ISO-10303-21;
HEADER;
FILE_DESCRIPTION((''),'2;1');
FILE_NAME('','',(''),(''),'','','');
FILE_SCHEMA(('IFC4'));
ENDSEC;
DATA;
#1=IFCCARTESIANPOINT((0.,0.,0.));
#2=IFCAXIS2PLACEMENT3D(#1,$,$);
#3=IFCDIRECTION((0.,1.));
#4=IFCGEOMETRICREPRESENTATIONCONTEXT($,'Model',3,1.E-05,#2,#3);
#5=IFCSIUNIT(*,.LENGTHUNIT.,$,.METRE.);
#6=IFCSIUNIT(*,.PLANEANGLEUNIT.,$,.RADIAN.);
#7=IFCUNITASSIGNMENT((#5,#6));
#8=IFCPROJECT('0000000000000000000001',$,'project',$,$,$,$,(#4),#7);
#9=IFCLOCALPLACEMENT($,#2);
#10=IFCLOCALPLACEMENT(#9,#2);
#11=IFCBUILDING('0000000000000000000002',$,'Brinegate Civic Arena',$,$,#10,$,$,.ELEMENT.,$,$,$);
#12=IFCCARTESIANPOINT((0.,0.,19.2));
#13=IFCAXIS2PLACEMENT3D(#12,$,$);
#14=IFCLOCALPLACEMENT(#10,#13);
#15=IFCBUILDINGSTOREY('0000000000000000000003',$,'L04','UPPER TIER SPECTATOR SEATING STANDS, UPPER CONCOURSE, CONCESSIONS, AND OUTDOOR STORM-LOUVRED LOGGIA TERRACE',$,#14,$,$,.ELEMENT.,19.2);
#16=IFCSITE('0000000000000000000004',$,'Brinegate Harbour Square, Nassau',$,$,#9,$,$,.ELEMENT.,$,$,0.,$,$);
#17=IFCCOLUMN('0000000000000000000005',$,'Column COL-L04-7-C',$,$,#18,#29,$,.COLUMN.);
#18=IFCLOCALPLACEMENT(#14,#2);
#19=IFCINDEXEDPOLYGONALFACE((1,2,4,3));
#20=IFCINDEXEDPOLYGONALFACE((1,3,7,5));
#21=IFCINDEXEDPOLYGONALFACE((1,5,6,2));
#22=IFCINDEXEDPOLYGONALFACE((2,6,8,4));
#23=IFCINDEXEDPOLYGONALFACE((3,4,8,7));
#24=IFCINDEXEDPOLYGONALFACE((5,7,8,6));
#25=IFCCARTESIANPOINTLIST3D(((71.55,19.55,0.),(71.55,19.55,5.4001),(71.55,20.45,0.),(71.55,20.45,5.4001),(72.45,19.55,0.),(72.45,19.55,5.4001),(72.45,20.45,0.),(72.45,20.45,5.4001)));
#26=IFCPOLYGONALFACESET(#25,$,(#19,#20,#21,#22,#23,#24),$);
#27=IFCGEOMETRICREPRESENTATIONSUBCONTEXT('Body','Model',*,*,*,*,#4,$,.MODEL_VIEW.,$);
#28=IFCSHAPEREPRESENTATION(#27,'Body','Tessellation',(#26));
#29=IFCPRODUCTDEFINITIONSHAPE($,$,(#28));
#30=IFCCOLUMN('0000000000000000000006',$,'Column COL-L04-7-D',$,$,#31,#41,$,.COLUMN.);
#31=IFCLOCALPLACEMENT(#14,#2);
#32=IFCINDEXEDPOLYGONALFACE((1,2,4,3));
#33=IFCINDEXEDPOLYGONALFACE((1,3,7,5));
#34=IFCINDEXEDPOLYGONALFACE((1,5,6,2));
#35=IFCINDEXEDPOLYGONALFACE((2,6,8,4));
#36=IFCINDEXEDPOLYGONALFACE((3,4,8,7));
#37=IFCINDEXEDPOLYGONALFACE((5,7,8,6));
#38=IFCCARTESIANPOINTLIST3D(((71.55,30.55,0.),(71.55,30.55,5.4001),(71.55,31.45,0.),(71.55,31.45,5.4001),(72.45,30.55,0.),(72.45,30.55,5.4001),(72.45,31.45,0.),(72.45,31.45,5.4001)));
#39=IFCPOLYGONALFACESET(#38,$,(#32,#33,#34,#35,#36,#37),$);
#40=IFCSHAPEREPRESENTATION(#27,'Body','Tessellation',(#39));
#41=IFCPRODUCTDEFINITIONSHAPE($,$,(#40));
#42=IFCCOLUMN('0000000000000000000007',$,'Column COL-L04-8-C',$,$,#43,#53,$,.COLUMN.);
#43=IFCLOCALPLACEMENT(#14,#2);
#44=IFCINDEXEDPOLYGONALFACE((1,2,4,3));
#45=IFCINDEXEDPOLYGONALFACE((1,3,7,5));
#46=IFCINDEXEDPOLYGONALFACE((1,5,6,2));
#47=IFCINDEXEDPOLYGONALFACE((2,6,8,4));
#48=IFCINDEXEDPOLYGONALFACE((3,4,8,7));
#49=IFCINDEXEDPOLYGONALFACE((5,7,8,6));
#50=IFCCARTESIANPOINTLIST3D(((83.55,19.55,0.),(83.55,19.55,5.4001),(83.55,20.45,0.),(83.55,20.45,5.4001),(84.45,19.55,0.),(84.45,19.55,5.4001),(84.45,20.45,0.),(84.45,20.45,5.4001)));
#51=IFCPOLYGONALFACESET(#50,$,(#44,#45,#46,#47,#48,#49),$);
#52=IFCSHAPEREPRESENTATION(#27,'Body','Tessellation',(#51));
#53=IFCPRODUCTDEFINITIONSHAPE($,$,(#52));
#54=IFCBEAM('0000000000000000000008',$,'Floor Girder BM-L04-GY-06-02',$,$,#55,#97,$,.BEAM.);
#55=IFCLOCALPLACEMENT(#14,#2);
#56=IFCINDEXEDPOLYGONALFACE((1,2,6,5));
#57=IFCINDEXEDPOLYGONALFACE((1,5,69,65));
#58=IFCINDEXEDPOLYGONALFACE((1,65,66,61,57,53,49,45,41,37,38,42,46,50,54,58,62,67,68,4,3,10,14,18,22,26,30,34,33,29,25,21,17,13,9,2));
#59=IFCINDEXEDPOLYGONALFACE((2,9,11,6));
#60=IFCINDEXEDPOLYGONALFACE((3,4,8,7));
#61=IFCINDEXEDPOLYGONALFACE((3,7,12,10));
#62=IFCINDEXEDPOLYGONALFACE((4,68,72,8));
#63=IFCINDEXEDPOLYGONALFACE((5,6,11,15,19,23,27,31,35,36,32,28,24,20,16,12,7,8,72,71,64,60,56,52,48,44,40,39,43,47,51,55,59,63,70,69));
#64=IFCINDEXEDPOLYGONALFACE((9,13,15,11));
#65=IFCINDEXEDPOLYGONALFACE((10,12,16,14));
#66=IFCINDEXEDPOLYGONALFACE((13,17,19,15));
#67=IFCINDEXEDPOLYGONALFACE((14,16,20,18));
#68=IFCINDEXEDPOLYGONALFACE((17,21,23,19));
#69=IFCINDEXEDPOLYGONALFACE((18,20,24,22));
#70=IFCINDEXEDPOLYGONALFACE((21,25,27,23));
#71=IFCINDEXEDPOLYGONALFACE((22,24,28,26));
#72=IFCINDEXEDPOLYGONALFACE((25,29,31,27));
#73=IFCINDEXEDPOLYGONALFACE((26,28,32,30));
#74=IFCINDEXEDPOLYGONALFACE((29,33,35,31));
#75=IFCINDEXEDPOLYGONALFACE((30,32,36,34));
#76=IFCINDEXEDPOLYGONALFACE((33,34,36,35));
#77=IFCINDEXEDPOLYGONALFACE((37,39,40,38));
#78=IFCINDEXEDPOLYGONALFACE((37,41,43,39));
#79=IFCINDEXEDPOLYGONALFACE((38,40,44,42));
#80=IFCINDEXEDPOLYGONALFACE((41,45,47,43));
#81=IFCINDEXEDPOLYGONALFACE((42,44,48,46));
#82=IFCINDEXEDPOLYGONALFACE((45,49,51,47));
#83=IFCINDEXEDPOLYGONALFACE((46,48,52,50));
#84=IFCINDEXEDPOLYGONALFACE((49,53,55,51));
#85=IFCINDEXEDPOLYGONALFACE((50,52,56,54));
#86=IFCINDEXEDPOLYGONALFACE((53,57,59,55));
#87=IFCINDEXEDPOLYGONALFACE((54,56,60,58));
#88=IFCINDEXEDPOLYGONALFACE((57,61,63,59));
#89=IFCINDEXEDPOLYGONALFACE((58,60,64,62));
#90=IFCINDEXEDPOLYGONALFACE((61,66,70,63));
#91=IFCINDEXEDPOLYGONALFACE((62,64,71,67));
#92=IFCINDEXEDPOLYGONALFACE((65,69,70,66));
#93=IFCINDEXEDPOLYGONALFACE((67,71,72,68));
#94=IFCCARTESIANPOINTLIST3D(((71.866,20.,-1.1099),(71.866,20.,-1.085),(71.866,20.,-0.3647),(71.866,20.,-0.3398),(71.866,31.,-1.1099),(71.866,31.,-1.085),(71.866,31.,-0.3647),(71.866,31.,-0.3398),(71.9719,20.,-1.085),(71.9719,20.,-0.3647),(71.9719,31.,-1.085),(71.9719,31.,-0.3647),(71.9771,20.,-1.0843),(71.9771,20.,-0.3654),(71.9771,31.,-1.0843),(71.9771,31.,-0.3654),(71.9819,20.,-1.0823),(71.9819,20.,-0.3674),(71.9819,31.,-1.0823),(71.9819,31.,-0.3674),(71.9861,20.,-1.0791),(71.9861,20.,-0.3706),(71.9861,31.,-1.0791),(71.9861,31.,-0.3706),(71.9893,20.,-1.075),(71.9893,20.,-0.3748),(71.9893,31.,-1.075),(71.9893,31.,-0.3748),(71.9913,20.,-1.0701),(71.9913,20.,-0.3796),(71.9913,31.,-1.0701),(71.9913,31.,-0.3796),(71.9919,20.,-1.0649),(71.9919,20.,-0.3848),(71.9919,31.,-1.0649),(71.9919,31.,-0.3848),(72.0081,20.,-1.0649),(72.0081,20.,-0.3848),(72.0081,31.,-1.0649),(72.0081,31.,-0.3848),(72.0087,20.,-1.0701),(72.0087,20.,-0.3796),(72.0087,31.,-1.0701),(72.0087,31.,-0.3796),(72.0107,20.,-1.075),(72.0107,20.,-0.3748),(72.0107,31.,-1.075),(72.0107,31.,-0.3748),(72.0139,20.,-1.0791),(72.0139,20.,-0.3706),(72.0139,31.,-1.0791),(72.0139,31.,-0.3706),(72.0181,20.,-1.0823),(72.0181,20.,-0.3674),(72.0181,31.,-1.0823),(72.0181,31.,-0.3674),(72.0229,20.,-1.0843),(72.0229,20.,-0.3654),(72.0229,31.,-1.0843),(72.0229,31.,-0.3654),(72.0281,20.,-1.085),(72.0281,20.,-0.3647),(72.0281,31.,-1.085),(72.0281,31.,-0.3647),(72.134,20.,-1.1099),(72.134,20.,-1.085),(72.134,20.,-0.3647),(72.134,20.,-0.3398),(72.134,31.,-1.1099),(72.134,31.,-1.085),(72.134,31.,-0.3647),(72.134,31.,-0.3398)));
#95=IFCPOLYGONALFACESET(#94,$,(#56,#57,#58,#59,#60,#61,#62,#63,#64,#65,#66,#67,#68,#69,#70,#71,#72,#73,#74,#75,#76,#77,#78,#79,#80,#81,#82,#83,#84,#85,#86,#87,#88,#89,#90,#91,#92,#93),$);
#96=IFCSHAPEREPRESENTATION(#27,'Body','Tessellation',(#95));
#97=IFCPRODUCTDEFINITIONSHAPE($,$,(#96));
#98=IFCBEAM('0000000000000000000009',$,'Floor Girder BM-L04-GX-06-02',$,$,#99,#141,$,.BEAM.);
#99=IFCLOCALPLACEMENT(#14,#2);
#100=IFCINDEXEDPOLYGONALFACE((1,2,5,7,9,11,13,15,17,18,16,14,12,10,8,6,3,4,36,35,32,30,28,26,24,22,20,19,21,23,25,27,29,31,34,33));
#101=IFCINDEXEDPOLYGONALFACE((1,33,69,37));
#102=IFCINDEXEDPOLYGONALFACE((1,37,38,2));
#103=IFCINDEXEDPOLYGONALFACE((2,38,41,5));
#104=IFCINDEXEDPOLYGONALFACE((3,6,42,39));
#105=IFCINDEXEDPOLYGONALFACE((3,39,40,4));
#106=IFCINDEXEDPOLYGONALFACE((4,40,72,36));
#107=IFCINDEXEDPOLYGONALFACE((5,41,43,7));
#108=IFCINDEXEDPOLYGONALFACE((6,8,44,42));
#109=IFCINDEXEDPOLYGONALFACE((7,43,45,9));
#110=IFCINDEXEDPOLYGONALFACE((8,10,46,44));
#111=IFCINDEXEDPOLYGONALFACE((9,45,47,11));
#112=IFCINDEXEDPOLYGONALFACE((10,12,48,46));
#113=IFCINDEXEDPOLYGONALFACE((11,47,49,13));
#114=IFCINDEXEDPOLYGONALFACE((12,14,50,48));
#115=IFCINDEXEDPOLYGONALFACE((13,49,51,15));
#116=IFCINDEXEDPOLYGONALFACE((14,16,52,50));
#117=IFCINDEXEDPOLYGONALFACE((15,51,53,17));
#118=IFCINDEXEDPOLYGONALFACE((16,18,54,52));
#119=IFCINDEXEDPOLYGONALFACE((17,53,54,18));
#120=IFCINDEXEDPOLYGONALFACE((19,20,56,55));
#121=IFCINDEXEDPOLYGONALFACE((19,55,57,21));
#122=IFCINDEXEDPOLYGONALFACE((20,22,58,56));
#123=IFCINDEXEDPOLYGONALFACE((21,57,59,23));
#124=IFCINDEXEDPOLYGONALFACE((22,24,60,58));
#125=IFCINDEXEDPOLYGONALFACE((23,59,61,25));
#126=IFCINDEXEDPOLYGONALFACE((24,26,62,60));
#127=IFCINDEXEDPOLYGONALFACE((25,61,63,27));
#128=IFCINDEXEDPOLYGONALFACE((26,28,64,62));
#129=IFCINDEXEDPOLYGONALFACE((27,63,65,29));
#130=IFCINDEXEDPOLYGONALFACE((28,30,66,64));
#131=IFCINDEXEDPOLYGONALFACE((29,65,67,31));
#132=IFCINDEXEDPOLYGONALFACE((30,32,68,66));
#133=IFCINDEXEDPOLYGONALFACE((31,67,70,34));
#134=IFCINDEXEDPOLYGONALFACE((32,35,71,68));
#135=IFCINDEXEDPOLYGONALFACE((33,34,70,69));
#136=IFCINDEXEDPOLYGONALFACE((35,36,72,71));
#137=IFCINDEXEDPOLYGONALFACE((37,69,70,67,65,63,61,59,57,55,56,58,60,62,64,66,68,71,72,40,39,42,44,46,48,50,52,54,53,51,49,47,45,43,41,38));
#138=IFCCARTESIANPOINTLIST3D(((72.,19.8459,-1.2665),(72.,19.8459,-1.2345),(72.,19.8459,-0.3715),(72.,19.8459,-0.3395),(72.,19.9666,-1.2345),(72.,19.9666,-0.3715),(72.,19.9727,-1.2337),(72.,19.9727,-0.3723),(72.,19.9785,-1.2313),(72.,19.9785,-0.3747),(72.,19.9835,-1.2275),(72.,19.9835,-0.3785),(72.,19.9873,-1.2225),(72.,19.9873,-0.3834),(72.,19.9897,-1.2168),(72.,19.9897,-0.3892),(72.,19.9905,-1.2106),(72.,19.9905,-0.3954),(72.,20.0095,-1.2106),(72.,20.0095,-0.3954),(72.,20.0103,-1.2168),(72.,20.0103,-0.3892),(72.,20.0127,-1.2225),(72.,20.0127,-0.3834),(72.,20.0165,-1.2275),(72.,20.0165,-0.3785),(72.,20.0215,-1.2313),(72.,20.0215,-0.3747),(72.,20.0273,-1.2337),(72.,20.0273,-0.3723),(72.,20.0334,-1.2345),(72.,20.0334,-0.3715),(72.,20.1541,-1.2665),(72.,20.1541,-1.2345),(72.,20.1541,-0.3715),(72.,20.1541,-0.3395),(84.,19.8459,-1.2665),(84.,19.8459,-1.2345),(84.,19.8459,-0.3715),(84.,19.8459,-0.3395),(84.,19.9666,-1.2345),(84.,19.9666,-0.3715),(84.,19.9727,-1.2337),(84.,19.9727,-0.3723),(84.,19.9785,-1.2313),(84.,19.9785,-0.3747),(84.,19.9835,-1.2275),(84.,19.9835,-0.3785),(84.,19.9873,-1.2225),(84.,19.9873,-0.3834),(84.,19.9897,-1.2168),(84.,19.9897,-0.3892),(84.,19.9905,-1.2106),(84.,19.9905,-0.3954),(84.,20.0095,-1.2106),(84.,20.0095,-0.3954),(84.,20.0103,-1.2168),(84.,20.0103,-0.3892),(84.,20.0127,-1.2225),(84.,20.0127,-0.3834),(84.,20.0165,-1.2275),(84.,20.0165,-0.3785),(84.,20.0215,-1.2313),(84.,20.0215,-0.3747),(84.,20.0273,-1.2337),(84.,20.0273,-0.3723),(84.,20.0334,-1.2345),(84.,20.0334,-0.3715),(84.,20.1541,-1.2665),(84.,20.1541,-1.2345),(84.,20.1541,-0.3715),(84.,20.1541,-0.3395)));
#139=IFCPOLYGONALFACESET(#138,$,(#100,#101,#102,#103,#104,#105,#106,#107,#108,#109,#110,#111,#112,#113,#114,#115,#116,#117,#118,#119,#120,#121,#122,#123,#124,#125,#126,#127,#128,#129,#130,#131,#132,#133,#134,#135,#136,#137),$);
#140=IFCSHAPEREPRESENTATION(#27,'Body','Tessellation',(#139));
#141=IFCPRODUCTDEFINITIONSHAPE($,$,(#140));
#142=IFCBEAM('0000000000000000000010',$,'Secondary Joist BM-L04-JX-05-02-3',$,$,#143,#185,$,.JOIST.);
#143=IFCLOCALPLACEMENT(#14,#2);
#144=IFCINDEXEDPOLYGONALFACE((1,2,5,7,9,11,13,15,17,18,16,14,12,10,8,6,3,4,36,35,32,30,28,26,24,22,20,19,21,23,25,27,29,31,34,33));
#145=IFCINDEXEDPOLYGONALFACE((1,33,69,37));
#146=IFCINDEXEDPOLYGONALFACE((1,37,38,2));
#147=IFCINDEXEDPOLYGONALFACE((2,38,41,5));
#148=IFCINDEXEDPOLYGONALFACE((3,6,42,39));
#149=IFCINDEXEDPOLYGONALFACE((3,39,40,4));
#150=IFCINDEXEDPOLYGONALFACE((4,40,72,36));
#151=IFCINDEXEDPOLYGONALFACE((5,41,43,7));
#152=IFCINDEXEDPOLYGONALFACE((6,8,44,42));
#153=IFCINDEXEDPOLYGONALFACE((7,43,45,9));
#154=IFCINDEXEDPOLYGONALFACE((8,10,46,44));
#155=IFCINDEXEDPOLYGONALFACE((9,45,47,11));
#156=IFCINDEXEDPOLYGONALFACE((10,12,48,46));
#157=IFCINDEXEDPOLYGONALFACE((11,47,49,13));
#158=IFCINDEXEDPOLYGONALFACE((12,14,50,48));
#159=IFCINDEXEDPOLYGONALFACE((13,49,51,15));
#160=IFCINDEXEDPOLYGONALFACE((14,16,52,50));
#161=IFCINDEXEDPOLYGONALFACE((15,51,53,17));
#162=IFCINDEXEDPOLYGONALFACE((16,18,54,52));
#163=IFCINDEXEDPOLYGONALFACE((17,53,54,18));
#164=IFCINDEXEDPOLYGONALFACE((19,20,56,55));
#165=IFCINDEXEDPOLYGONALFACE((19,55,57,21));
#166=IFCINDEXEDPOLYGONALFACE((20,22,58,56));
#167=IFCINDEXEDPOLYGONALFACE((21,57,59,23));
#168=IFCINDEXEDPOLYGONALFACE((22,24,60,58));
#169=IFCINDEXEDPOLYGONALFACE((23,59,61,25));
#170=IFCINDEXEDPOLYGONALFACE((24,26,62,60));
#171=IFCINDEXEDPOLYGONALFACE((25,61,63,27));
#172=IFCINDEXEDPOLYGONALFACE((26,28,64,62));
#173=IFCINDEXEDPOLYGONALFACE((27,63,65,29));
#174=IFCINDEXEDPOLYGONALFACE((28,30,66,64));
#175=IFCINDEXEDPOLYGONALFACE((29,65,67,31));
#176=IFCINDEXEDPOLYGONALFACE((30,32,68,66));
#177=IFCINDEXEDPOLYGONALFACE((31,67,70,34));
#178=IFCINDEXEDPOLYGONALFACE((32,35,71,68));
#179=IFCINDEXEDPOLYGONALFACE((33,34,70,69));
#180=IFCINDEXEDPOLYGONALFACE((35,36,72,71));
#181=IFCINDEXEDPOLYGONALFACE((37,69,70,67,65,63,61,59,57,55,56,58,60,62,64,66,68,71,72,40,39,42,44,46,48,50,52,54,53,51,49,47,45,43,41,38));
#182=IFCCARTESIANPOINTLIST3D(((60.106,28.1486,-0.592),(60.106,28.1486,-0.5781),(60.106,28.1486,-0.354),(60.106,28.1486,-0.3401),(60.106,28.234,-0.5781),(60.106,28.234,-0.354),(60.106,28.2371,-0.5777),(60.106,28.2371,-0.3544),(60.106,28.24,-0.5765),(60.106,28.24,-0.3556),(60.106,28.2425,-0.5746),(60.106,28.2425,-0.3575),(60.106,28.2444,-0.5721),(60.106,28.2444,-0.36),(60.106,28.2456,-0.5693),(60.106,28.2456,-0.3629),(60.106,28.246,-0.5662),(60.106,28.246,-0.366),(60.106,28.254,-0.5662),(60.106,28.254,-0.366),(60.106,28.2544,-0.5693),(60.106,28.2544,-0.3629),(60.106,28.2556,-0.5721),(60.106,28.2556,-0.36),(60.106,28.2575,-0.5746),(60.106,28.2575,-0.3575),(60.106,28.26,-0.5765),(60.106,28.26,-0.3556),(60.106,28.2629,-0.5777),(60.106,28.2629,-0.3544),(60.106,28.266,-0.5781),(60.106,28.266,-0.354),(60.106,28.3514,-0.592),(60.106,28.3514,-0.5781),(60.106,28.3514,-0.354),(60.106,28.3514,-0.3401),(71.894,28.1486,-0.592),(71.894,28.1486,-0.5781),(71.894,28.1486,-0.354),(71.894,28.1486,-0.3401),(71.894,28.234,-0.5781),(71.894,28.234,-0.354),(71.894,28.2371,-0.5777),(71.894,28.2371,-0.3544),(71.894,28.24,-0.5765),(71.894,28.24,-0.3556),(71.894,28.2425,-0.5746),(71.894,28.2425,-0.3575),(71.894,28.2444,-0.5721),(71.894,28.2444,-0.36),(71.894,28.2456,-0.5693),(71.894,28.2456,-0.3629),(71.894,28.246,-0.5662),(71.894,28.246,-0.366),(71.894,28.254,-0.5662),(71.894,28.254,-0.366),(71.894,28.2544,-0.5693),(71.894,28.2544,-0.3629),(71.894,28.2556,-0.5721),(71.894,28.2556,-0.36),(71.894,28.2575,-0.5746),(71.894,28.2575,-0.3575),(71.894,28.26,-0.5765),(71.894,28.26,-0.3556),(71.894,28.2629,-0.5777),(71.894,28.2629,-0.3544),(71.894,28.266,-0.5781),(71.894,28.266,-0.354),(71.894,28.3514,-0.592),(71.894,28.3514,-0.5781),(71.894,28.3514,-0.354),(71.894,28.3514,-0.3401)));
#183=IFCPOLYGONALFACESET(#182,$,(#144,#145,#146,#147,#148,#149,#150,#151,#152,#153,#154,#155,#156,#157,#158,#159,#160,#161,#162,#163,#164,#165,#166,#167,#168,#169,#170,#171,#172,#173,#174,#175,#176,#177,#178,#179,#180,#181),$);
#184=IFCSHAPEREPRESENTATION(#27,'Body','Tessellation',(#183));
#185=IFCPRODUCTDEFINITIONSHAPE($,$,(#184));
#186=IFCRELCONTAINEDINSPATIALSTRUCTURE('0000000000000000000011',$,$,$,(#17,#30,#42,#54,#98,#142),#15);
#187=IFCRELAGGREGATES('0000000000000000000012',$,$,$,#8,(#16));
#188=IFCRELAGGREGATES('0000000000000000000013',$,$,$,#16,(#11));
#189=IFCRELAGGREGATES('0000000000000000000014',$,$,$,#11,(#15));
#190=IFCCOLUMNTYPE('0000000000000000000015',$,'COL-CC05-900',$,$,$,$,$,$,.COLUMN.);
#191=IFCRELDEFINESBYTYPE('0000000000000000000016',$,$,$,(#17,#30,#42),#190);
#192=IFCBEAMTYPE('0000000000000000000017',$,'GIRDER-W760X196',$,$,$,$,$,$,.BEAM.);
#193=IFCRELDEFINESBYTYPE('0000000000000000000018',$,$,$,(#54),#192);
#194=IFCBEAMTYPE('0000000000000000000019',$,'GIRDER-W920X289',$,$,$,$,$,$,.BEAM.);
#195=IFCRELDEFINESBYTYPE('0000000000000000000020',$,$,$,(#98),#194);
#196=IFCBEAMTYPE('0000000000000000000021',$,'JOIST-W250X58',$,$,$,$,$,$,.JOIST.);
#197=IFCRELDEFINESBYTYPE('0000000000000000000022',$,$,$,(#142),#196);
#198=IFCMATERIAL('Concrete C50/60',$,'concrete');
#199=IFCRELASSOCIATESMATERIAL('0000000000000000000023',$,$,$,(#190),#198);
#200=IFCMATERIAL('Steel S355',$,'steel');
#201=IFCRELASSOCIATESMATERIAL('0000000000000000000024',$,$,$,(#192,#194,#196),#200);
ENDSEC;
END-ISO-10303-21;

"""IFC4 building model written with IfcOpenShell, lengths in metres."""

from ifc_helpers import new_model, si_unit, direction, frame, origin, origin_2d, place, context, subcontext, project, spatial, rectangle, i_section, extrude, material, material_profile, profile_set, type_object, element, save


model = new_model("IFC4")

# Units and contexts
model_context = context("Model", 3, precision=1e-05, world=origin(), true_north=direction((0.0, 1.0)))
body_context = subcontext(model_context, "Body", "Model", "MODEL_VIEW")
ifc_project = project(units=[si_unit("LENGTHUNIT", "METRE"), si_unit("PLANEANGLEUNIT", "RADIAN")], contexts=[model_context])

# Site, building, storey
site_placement = place(None, origin())
site = spatial("IfcSite", under=ifc_project, at=site_placement, Name="Brinegate Harbour Square, Nassau", CompositionType="ELEMENT", RefElevation=0.0)
building_placement = place(site_placement, origin())
building = spatial("IfcBuilding", under=site, at=building_placement, Name="Brinegate Civic Arena", CompositionType="ELEMENT")
storey_placement = place(building_placement, frame((0.0, 0.0, 19.2)))
storey = spatial("IfcBuildingStorey", under=building, at=storey_placement, Name="L04", Description="UPPER TIER SPECTATOR SEATING STANDS, UPPER CONCOURSE, CONCESSIONS, AND OUTDOOR STORM-LOUVRED LOGGIA TERRACE", CompositionType="ELEMENT", Elevation=19.2)

# Columns
ifc_material_1 = material(Name="Concrete C50/60", Category="concrete")
ifc_material_profile_1 = material_profile(ifc_material_1, rectangle(XDim=0.8999, YDim=0.8999, at=origin_2d()), Name="RC900X900")
ifc_profile_set_1 = profile_set([ifc_material_profile_1], Name="Concrete C50/60")
column_type = type_object("IfcColumnType", Name="COL-CC05-900", PredefinedType="COLUMN", material=ifc_profile_set_1)
for number, where, z_axis, x_axis, name in (
    (1, (72.0, 20.0, 0.0), (0.0, 0.0, 1.0), (1.0, 0.0, 0.0), "Column COL-L04-7-C"),
    (2, (72.0, 31.0, 0.0), (0.0, 0.0, 1.0), (1.0, 0.0, 0.0), "Column COL-L04-7-D"),
    (3, (84.0, 20.0, 0.0), (0.0, 0.0, 1.0), (1.0, 0.0, 0.0), "Column COL-L04-8-C"),
):
    element("IfcColumn", number, at=place(storey_placement, frame(where, z_axis=z_axis, x_axis=x_axis)), inside=storey, type_object=column_type, Name=name, PredefinedType="COLUMN", context=body_context, shape_type="SweptSolid", body=[
        extrude(rectangle(XDim=0.8999, YDim=0.8999, at=origin_2d()), origin(), (0.0, 0.0, 1.0), 5.4001),
    ])

# Beams
ifc_material_2 = material(Name="Steel S355", Category="steel")
ifc_material_profile_2 = material_profile(ifc_material_2, i_section(OverallWidth=0.2681, OverallDepth=0.77, WebThickness=0.0161, FlangeThickness=0.0249, FilletRadius=0.02, at=origin_2d()), Name="W760X196")
ifc_profile_set_2 = profile_set([ifc_material_profile_2], Name="Steel S355")
beam_type_1 = type_object("IfcBeamType", Name="GIRDER-W760X196", PredefinedType="BEAM", material=ifc_profile_set_2)
beam_1_placement = place(storey_placement, frame((72.0, 20.0, -0.7249), z_axis=(0.0, 1.0, 0.0), x_axis=(-1.0, 0.0, 0.0)))
element("IfcBeam", 4, at=beam_1_placement, inside=storey, type_object=beam_type_1, Name="Floor Girder BM-L04-GY-06-02", PredefinedType="BEAM", context=body_context, shape_type="SweptSolid", body=[
    extrude(i_section(OverallWidth=0.2681, OverallDepth=0.77, WebThickness=0.0161, FlangeThickness=0.0249, FilletRadius=0.02, at=origin_2d()), origin(), (0.0, 0.0, 1.0), 11.0),
])
ifc_material_profile_3 = material_profile(ifc_material_2, i_section(OverallWidth=0.3081, OverallDepth=0.927, WebThickness=0.019, FlangeThickness=0.032, FilletRadius=0.0239, at=origin_2d()), Name="W920X289")
ifc_profile_set_3 = profile_set([ifc_material_profile_3], Name="Steel S355")
beam_type_2 = type_object("IfcBeamType", Name="GIRDER-W920X289", PredefinedType="BEAM", material=ifc_profile_set_3)
beam_2_placement = place(storey_placement, frame((72.0, 20.0, -0.803), z_axis=(1.0, 0.0, 0.0), x_axis=(0.0, 1.0, 0.0)))
element("IfcBeam", 5, at=beam_2_placement, inside=storey, type_object=beam_type_2, Name="Floor Girder BM-L04-GX-06-02", PredefinedType="BEAM", context=body_context, shape_type="SweptSolid", body=[
    extrude(i_section(OverallWidth=0.3081, OverallDepth=0.927, WebThickness=0.019, FlangeThickness=0.032, FilletRadius=0.0239, at=origin_2d()), origin(), (0.0, 0.0, 1.0), 12.0),
])
ifc_material_profile_4 = material_profile(ifc_material_2, i_section(OverallWidth=0.2029, OverallDepth=0.252, WebThickness=0.0081, FlangeThickness=0.0139, FilletRadius=0.012, at=origin_2d()), Name="W250X58")
ifc_profile_set_4 = profile_set([ifc_material_profile_4], Name="Steel S355")
beam_type_3 = type_object("IfcBeamType", Name="JOIST-W250X58", PredefinedType="JOIST", material=ifc_profile_set_4)
beam_3_placement = place(storey_placement, frame((60.106, 28.25, -0.4661), z_axis=(1.0, 0.0, 0.0), x_axis=(0.0, 1.0, 0.0)))
element("IfcBeam", 6, at=beam_3_placement, inside=storey, type_object=beam_type_3, Name="Secondary Joist BM-L04-JX-05-02-3", PredefinedType="JOIST", context=body_context, shape_type="SweptSolid", body=[
    extrude(i_section(OverallWidth=0.2029, OverallDepth=0.252, WebThickness=0.0081, FlangeThickness=0.0139, FilletRadius=0.012, at=origin_2d()), origin(), (0.0, 0.0, 1.0), 11.7881),
])

save(model, "model.ifc")
